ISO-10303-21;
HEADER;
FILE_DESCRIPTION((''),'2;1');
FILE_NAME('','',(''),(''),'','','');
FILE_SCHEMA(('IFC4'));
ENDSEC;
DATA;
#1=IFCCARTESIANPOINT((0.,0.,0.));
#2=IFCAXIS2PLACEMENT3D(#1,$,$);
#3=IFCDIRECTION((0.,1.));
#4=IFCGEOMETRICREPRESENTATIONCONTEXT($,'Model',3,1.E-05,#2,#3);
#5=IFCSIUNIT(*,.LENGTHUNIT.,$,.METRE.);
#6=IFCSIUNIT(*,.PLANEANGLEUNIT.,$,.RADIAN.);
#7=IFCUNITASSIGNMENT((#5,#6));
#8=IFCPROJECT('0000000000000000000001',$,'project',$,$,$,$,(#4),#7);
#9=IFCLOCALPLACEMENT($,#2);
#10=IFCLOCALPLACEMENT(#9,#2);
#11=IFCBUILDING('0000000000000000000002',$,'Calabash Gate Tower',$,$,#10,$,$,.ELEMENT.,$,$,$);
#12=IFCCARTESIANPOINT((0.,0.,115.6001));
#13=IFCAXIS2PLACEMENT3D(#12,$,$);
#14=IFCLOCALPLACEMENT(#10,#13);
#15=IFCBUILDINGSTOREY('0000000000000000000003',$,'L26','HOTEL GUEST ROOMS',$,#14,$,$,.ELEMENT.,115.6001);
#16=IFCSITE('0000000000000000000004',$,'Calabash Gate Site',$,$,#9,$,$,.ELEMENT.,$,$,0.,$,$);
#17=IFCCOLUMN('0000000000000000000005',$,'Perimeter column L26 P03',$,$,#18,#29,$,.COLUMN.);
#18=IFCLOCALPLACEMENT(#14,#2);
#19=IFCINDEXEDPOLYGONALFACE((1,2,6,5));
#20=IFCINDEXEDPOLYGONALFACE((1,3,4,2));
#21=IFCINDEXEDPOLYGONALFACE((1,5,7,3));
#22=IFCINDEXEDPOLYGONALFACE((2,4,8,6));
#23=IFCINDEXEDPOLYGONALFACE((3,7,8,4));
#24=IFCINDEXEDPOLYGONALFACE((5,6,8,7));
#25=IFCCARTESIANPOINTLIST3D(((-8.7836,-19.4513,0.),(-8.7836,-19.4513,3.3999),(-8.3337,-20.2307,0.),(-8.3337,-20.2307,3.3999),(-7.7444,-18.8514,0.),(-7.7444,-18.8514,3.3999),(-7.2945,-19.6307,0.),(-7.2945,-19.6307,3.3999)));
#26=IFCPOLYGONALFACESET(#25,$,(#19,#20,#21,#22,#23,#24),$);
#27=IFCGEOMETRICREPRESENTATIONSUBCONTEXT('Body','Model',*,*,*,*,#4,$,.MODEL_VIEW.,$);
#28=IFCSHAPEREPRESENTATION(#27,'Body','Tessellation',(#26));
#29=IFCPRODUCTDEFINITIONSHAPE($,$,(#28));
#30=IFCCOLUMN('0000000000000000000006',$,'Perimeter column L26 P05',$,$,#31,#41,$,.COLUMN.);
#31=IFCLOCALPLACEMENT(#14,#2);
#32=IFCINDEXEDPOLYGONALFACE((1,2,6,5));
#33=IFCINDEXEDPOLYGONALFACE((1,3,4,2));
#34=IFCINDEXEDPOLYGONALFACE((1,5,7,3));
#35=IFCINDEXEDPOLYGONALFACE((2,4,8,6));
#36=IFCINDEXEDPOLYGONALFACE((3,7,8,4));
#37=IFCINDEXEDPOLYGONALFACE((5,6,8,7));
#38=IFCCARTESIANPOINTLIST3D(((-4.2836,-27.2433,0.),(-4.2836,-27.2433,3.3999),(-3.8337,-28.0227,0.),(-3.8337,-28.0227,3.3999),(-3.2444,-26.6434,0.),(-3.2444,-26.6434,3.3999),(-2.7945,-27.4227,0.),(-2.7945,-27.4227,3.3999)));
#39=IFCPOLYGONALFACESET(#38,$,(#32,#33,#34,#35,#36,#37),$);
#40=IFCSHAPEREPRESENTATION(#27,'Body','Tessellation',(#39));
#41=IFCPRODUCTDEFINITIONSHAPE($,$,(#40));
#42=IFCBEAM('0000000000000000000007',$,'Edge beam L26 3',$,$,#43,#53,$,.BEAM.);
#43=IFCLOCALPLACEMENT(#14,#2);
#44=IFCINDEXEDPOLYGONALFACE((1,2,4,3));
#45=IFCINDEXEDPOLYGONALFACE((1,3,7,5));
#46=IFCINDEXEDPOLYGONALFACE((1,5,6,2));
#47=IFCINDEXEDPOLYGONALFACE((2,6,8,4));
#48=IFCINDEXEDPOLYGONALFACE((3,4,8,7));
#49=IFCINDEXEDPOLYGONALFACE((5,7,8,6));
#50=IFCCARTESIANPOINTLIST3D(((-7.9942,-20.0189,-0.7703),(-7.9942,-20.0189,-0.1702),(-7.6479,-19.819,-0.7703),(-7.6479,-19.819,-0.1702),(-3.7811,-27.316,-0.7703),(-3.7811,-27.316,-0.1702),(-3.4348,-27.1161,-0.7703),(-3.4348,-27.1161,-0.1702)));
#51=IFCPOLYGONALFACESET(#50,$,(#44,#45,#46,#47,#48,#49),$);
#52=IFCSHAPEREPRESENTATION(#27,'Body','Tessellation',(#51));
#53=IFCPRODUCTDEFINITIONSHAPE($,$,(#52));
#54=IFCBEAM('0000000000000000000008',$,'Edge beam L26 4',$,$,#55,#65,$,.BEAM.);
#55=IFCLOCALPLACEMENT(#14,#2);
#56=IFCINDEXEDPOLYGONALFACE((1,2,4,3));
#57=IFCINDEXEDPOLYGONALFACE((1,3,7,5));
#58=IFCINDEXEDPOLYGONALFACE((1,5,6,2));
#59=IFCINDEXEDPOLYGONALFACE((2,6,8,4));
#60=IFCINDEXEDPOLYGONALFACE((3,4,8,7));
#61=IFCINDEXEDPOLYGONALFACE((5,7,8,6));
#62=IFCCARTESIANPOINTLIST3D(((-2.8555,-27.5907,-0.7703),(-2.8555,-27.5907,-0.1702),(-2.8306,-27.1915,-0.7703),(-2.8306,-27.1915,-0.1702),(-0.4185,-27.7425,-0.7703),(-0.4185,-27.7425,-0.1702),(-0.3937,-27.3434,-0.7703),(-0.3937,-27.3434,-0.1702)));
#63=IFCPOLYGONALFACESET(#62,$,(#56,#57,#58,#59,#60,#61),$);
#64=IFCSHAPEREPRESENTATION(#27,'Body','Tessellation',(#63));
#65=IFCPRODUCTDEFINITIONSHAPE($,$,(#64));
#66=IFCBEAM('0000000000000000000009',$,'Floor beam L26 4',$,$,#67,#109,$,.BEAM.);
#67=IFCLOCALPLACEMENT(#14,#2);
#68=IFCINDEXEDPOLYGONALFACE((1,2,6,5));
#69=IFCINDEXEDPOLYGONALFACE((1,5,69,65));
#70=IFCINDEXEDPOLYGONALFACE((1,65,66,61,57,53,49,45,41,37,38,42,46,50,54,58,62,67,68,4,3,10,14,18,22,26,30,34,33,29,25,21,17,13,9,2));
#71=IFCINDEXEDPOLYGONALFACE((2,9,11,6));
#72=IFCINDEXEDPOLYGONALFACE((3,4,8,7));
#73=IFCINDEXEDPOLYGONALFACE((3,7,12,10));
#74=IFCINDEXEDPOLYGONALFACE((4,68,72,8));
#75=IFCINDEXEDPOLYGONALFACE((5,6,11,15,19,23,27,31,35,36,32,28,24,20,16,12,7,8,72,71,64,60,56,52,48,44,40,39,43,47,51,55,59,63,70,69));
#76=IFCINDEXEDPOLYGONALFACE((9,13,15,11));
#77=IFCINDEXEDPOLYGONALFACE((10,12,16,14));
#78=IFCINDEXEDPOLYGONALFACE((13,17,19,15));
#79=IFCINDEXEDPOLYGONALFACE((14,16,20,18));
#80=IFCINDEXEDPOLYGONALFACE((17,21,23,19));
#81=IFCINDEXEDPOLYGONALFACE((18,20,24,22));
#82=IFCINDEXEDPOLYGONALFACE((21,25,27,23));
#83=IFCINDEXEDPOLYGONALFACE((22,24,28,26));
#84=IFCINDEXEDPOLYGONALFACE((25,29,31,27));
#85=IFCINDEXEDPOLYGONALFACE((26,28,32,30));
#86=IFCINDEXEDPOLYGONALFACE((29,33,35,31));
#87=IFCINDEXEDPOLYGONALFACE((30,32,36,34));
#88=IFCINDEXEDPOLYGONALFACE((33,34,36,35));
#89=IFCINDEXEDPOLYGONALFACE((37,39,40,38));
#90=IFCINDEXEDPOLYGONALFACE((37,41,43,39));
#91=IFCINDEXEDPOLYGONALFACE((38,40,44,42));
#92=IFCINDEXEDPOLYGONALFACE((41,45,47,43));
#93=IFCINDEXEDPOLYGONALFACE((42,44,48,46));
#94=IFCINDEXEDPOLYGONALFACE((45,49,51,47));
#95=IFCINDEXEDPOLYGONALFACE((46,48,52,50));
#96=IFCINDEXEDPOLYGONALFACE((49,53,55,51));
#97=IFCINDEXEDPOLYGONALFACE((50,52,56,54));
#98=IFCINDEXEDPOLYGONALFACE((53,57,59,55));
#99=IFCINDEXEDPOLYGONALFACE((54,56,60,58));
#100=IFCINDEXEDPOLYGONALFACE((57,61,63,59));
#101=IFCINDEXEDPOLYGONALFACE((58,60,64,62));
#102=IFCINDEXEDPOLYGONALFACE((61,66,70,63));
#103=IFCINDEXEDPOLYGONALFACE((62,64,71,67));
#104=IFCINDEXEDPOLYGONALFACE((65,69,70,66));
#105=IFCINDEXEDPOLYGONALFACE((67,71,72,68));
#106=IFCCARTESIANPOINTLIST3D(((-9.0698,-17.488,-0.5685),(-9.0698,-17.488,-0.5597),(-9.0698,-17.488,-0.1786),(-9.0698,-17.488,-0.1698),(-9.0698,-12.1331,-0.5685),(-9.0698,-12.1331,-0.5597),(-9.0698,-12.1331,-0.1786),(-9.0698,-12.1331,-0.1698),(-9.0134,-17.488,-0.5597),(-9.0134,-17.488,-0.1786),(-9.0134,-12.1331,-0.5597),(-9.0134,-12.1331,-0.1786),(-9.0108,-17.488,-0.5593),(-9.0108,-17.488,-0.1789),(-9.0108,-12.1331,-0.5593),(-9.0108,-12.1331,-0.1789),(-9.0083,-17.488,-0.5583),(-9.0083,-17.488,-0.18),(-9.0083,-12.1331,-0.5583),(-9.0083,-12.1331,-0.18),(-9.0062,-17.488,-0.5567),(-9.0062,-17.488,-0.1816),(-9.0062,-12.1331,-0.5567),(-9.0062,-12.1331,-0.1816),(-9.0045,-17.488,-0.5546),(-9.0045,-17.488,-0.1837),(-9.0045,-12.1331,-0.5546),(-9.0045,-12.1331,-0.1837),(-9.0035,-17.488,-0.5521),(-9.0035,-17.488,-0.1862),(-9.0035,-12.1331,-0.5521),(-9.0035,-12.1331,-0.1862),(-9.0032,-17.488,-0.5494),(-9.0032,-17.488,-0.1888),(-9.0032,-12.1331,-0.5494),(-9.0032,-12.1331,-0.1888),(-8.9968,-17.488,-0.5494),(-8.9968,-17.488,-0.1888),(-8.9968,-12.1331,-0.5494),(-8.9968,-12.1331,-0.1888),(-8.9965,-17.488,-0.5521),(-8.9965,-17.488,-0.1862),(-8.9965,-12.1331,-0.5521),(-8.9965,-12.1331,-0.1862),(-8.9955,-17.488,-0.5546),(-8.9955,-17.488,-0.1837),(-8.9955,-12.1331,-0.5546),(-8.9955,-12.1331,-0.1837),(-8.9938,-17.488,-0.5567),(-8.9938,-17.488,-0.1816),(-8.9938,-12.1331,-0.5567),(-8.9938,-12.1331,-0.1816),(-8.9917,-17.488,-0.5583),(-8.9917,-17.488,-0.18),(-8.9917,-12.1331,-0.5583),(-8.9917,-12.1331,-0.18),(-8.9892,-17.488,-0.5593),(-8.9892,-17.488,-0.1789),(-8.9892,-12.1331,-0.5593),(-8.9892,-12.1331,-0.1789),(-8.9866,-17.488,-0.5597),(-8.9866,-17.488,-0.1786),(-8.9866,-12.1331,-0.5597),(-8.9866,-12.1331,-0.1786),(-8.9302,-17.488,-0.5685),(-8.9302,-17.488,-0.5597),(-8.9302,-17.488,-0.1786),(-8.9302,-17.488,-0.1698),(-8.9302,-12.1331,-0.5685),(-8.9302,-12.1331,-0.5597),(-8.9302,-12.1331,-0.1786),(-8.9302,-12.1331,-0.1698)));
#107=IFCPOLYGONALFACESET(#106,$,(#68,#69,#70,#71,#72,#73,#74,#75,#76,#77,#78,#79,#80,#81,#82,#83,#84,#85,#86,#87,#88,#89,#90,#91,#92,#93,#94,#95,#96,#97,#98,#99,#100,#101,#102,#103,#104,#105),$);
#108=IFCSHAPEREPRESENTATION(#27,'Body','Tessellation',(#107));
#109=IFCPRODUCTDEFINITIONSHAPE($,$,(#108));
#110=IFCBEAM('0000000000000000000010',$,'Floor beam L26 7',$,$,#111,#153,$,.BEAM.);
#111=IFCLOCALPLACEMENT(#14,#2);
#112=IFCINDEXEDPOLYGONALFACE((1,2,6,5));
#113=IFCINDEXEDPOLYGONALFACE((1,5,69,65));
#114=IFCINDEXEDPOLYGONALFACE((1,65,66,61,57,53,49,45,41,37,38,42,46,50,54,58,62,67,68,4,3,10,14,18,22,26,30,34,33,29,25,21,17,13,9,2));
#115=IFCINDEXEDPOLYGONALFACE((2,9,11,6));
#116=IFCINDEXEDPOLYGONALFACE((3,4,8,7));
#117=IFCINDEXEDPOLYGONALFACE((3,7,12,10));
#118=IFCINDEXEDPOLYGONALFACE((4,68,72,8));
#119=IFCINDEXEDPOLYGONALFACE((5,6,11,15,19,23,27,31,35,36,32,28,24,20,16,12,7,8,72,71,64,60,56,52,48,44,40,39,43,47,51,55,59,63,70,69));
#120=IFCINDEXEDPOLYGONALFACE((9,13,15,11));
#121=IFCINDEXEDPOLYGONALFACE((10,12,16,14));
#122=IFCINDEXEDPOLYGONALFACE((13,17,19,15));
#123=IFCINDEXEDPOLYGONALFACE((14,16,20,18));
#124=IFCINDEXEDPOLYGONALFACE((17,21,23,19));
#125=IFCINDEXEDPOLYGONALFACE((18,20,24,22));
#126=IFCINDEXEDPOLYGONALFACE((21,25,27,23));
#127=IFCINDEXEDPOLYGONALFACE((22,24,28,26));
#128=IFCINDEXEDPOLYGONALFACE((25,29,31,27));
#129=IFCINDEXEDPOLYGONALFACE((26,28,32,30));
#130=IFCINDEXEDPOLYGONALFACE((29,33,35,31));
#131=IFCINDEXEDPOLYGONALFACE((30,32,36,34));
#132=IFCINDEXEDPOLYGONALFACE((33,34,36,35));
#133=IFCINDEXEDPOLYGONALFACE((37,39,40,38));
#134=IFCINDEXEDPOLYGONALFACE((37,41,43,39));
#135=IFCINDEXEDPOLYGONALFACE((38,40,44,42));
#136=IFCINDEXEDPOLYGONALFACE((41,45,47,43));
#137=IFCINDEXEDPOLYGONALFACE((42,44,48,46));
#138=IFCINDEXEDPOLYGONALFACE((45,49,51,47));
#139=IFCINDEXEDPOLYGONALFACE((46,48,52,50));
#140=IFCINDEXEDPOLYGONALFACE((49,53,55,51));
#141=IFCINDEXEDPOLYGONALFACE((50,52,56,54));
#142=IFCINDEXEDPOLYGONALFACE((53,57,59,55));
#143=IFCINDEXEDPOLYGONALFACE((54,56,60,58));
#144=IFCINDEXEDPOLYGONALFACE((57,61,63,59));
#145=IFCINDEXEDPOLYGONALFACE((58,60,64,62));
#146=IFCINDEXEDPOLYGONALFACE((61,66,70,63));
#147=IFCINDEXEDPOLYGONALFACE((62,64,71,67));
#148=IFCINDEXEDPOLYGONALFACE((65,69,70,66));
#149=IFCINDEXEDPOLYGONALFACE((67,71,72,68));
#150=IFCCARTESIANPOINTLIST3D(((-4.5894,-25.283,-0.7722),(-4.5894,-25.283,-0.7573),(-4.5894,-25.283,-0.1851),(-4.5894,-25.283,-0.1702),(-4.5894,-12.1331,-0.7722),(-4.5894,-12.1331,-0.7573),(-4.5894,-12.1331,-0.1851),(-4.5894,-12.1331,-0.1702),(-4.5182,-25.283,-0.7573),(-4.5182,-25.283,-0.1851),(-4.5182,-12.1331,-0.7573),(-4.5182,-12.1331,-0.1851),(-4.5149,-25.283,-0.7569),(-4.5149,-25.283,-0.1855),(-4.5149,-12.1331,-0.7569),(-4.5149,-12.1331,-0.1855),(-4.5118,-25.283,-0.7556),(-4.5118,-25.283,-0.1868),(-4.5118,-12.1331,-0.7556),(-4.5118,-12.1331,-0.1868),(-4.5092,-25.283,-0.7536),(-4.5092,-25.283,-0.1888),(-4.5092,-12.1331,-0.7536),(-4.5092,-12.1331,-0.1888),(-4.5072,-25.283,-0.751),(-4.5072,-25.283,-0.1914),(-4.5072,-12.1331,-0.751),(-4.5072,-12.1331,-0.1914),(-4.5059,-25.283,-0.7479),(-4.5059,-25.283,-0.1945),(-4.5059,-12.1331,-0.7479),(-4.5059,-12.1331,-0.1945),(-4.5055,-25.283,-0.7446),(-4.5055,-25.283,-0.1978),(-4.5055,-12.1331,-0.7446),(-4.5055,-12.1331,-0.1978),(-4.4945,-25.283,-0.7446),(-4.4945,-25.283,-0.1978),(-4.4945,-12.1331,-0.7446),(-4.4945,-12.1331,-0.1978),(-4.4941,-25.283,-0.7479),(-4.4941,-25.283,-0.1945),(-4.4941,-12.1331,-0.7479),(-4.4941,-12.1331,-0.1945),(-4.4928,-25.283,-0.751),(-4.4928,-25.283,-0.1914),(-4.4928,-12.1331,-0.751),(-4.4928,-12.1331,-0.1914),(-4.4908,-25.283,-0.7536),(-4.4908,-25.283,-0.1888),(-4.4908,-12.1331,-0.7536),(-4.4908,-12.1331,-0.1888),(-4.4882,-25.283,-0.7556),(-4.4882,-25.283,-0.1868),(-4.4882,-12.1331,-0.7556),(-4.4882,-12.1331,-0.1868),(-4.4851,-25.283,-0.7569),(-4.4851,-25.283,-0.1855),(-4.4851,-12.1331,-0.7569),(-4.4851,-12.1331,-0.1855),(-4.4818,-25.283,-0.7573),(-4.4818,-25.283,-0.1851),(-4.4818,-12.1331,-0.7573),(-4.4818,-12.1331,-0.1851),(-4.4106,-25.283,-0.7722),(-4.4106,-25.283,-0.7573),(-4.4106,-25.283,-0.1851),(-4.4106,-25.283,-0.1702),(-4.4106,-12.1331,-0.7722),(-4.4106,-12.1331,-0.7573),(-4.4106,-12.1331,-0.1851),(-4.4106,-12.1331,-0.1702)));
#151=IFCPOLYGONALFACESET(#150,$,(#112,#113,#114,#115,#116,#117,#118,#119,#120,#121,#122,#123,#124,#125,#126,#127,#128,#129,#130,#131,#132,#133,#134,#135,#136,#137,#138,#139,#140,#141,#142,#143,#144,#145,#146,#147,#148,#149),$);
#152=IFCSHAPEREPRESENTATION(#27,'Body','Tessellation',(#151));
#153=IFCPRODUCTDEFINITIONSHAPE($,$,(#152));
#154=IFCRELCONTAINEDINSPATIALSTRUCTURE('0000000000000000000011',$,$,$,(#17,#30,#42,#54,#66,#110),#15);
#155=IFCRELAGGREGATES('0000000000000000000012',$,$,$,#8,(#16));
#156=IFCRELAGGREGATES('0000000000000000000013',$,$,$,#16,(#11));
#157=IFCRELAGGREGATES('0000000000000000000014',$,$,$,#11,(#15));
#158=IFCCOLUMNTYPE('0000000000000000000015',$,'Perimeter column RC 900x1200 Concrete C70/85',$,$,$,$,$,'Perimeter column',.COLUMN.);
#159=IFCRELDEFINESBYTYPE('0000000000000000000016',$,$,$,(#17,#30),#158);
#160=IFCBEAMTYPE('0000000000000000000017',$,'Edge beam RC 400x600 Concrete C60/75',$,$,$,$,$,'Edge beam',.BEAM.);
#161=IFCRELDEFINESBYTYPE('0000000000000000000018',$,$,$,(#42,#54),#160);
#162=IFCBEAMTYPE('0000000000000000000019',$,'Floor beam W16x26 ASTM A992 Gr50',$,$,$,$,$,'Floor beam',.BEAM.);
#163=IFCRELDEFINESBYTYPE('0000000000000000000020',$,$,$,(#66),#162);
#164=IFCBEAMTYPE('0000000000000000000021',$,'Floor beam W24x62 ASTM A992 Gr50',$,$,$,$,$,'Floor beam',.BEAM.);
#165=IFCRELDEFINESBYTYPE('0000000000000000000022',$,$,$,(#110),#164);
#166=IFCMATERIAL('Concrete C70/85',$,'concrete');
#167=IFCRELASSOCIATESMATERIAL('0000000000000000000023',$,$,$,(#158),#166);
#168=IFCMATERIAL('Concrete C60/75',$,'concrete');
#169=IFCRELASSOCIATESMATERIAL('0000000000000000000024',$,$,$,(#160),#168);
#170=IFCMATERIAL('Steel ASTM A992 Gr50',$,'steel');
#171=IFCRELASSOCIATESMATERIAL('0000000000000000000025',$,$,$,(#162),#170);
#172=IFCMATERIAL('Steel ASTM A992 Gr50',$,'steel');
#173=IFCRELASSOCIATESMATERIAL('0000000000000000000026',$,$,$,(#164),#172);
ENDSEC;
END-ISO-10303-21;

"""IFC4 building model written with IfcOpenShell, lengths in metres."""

from ifc_helpers import new_model, si_unit, direction, frame, origin, origin_2d, place, context, subcontext, project, spatial, rectangle, i_section, extrude, material, material_profile, profile_set, type_object, element, save


model = new_model("IFC4")

# Units and contexts
model_context = context("Model", 3, precision=1e-05, world=origin(), true_north=direction((0.0, 1.0)))
body_context = subcontext(model_context, "Body", "Model", "MODEL_VIEW")
ifc_project = project(units=[si_unit("LENGTHUNIT", "METRE"), si_unit("PLANEANGLEUNIT", "RADIAN")], contexts=[model_context])

# Site, building, storey
site_placement = place(None, origin())
site = spatial("IfcSite", under=ifc_project, at=site_placement, Name="Calabash Gate Site", CompositionType="ELEMENT", RefElevation=0.0)
building_placement = place(site_placement, origin())
building = spatial("IfcBuilding", under=site, at=building_placement, Name="Calabash Gate Tower", CompositionType="ELEMENT")
storey_placement = place(building_placement, frame((0.0, 0.0, 115.6001)))
storey = spatial("IfcBuildingStorey", under=building, at=storey_placement, Name="L26", Description="HOTEL GUEST ROOMS", CompositionType="ELEMENT", Elevation=115.6001)

# Columns
ifc_material_1 = material(Name="Concrete C70/85", Category="concrete")
ifc_material_profile_1 = material_profile(ifc_material_1, rectangle(XDim=0.8999, YDim=1.2, at=origin_2d()))
ifc_profile_set_1 = profile_set([ifc_material_profile_1], Name="Concrete C70/85")
column_type = type_object("IfcColumnType", Name="Perimeter column RC 900x1200 Concrete C70/85", ElementType="Perimeter column", PredefinedType="COLUMN", material=ifc_profile_set_1)
for number, where, z_axis, x_axis, name in (
    (1, (-8.0391, -19.541, 0.0), (0.0, 0.0, 1.0), (0.5, -0.866025, 0.0), "Perimeter column L26 P03"),
    (2, (-3.5391, -27.333, 0.0), (0.0, 0.0, 1.0), (0.5, -0.866025, 0.0), "Perimeter column L26 P05"),
):
    element("IfcColumn", number, at=place(storey_placement, frame(where, z_axis=z_axis, x_axis=x_axis)), inside=storey, type_object=column_type, Name=name, PredefinedType="COLUMN", context=body_context, shape_type="SweptSolid", body=[
        extrude(rectangle(XDim=0.8999, YDim=1.2, at=origin_2d()), origin(), (0.0, 0.0, 1.0), 3.3999),
    ])

# Beams
ifc_material_2 = material(Name="Concrete C60/75", Category="concrete")
ifc_material_profile_2 = material_profile(ifc_material_2, rectangle(XDim=0.3999, YDim=0.6001, at=origin_2d()))
ifc_profile_set_2 = profile_set([ifc_material_profile_2], Name="Concrete C60/75")
beam_type_1 = type_object("IfcBeamType", Name="Edge beam RC 400x600 Concrete C60/75", ElementType="Edge beam", PredefinedType="BEAM", material=ifc_profile_set_2)
beam_1_placement = place(storey_placement, frame((-7.821, -19.9189, -0.4702), z_axis=(0.500013, -0.866018, 0.0), x_axis=(0.866018, 0.500013, 0.0)))
element("IfcBeam", 3, at=beam_1_placement, inside=storey, type_object=beam_type_1, Name="Edge beam L26 3", PredefinedType="BEAM", context=body_context, shape_type="SweptSolid", body=[
    extrude(rectangle(XDim=0.3999, YDim=0.6001, at=origin_2d()), origin(), (0.0, 0.0, 1.0), 8.426),
])
beam_2_placement = place(storey_placement, frame((-2.843, -27.3911, -0.4702), z_axis=(0.998064, -0.062192, 0.0), x_axis=(0.062192, 0.998064, 0.0)))
element("IfcBeam", 4, at=beam_2_placement, inside=storey, type_object=beam_type_1, Name="Edge beam L26 4", PredefinedType="BEAM", context=body_context, shape_type="SweptSolid", body=[
    extrude(rectangle(XDim=0.3999, YDim=0.6001, at=origin_2d()), origin(), (0.0, 0.0, 1.0), 2.4417),
])
ifc_material_3 = material(Name="Steel ASTM A992 Gr50", Category="steel")
ifc_material_profile_3 = material_profile(ifc_material_3, i_section(OverallWidth=0.1396, OverallDepth=0.3987, WebThickness=0.0063, FlangeThickness=0.0088, FilletRadius=0.0103, at=origin_2d()))
ifc_profile_set_3 = profile_set([ifc_material_profile_3], Name="Steel ASTM A992 Gr50")
beam_type_2 = type_object("IfcBeamType", Name="Floor beam W16x26 ASTM A992 Gr50", ElementType="Floor beam", PredefinedType="BEAM", material=ifc_profile_set_3)
beam_3_placement = place(storey_placement, frame((-9.0, -17.488, -0.3691), z_axis=(0.0, 1.0, 0.0), x_axis=(-1.0, 0.0, 0.0)))
element("IfcBeam", 5, at=beam_3_placement, inside=storey, type_object=beam_type_2, Name="Floor beam L26 4", PredefinedType="BEAM", context=body_context, shape_type="SweptSolid", body=[
    extrude(i_section(OverallWidth=0.1396, OverallDepth=0.3987, WebThickness=0.0063, FlangeThickness=0.0088, FilletRadius=0.0103, at=origin_2d()), origin(), (0.0, 0.0, 1.0), 5.355),
])
ifc_material_4 = material(Name="Steel ASTM A992 Gr50", Category="steel")
ifc_material_profile_4 = material_profile(ifc_material_4, i_section(OverallWidth=0.1787, OverallDepth=0.6021, WebThickness=0.011, FlangeThickness=0.0149, FilletRadius=0.0127, at=origin_2d()))
ifc_profile_set_4 = profile_set([ifc_material_profile_4], Name="Steel ASTM A992 Gr50")
beam_type_3 = type_object("IfcBeamType", Name="Floor beam W24x62 ASTM A992 Gr50", ElementType="Floor beam", PredefinedType="BEAM", material=ifc_profile_set_4)
beam_4_placement = place(storey_placement, frame((-4.5, -25.283, -0.4712), z_axis=(0.0, 1.0, 0.0), x_axis=(-1.0, 0.0, 0.0)))
element("IfcBeam", 6, at=beam_4_placement, inside=storey, type_object=beam_type_3, Name="Floor beam L26 7", PredefinedType="BEAM", context=body_context, shape_type="SweptSolid", body=[
    extrude(i_section(OverallWidth=0.1787, OverallDepth=0.6021, WebThickness=0.011, FlangeThickness=0.0149, FilletRadius=0.0127, at=origin_2d()), origin(), (0.0, 0.0, 1.0), 13.1499),
])

save(model, "model.ifc")
